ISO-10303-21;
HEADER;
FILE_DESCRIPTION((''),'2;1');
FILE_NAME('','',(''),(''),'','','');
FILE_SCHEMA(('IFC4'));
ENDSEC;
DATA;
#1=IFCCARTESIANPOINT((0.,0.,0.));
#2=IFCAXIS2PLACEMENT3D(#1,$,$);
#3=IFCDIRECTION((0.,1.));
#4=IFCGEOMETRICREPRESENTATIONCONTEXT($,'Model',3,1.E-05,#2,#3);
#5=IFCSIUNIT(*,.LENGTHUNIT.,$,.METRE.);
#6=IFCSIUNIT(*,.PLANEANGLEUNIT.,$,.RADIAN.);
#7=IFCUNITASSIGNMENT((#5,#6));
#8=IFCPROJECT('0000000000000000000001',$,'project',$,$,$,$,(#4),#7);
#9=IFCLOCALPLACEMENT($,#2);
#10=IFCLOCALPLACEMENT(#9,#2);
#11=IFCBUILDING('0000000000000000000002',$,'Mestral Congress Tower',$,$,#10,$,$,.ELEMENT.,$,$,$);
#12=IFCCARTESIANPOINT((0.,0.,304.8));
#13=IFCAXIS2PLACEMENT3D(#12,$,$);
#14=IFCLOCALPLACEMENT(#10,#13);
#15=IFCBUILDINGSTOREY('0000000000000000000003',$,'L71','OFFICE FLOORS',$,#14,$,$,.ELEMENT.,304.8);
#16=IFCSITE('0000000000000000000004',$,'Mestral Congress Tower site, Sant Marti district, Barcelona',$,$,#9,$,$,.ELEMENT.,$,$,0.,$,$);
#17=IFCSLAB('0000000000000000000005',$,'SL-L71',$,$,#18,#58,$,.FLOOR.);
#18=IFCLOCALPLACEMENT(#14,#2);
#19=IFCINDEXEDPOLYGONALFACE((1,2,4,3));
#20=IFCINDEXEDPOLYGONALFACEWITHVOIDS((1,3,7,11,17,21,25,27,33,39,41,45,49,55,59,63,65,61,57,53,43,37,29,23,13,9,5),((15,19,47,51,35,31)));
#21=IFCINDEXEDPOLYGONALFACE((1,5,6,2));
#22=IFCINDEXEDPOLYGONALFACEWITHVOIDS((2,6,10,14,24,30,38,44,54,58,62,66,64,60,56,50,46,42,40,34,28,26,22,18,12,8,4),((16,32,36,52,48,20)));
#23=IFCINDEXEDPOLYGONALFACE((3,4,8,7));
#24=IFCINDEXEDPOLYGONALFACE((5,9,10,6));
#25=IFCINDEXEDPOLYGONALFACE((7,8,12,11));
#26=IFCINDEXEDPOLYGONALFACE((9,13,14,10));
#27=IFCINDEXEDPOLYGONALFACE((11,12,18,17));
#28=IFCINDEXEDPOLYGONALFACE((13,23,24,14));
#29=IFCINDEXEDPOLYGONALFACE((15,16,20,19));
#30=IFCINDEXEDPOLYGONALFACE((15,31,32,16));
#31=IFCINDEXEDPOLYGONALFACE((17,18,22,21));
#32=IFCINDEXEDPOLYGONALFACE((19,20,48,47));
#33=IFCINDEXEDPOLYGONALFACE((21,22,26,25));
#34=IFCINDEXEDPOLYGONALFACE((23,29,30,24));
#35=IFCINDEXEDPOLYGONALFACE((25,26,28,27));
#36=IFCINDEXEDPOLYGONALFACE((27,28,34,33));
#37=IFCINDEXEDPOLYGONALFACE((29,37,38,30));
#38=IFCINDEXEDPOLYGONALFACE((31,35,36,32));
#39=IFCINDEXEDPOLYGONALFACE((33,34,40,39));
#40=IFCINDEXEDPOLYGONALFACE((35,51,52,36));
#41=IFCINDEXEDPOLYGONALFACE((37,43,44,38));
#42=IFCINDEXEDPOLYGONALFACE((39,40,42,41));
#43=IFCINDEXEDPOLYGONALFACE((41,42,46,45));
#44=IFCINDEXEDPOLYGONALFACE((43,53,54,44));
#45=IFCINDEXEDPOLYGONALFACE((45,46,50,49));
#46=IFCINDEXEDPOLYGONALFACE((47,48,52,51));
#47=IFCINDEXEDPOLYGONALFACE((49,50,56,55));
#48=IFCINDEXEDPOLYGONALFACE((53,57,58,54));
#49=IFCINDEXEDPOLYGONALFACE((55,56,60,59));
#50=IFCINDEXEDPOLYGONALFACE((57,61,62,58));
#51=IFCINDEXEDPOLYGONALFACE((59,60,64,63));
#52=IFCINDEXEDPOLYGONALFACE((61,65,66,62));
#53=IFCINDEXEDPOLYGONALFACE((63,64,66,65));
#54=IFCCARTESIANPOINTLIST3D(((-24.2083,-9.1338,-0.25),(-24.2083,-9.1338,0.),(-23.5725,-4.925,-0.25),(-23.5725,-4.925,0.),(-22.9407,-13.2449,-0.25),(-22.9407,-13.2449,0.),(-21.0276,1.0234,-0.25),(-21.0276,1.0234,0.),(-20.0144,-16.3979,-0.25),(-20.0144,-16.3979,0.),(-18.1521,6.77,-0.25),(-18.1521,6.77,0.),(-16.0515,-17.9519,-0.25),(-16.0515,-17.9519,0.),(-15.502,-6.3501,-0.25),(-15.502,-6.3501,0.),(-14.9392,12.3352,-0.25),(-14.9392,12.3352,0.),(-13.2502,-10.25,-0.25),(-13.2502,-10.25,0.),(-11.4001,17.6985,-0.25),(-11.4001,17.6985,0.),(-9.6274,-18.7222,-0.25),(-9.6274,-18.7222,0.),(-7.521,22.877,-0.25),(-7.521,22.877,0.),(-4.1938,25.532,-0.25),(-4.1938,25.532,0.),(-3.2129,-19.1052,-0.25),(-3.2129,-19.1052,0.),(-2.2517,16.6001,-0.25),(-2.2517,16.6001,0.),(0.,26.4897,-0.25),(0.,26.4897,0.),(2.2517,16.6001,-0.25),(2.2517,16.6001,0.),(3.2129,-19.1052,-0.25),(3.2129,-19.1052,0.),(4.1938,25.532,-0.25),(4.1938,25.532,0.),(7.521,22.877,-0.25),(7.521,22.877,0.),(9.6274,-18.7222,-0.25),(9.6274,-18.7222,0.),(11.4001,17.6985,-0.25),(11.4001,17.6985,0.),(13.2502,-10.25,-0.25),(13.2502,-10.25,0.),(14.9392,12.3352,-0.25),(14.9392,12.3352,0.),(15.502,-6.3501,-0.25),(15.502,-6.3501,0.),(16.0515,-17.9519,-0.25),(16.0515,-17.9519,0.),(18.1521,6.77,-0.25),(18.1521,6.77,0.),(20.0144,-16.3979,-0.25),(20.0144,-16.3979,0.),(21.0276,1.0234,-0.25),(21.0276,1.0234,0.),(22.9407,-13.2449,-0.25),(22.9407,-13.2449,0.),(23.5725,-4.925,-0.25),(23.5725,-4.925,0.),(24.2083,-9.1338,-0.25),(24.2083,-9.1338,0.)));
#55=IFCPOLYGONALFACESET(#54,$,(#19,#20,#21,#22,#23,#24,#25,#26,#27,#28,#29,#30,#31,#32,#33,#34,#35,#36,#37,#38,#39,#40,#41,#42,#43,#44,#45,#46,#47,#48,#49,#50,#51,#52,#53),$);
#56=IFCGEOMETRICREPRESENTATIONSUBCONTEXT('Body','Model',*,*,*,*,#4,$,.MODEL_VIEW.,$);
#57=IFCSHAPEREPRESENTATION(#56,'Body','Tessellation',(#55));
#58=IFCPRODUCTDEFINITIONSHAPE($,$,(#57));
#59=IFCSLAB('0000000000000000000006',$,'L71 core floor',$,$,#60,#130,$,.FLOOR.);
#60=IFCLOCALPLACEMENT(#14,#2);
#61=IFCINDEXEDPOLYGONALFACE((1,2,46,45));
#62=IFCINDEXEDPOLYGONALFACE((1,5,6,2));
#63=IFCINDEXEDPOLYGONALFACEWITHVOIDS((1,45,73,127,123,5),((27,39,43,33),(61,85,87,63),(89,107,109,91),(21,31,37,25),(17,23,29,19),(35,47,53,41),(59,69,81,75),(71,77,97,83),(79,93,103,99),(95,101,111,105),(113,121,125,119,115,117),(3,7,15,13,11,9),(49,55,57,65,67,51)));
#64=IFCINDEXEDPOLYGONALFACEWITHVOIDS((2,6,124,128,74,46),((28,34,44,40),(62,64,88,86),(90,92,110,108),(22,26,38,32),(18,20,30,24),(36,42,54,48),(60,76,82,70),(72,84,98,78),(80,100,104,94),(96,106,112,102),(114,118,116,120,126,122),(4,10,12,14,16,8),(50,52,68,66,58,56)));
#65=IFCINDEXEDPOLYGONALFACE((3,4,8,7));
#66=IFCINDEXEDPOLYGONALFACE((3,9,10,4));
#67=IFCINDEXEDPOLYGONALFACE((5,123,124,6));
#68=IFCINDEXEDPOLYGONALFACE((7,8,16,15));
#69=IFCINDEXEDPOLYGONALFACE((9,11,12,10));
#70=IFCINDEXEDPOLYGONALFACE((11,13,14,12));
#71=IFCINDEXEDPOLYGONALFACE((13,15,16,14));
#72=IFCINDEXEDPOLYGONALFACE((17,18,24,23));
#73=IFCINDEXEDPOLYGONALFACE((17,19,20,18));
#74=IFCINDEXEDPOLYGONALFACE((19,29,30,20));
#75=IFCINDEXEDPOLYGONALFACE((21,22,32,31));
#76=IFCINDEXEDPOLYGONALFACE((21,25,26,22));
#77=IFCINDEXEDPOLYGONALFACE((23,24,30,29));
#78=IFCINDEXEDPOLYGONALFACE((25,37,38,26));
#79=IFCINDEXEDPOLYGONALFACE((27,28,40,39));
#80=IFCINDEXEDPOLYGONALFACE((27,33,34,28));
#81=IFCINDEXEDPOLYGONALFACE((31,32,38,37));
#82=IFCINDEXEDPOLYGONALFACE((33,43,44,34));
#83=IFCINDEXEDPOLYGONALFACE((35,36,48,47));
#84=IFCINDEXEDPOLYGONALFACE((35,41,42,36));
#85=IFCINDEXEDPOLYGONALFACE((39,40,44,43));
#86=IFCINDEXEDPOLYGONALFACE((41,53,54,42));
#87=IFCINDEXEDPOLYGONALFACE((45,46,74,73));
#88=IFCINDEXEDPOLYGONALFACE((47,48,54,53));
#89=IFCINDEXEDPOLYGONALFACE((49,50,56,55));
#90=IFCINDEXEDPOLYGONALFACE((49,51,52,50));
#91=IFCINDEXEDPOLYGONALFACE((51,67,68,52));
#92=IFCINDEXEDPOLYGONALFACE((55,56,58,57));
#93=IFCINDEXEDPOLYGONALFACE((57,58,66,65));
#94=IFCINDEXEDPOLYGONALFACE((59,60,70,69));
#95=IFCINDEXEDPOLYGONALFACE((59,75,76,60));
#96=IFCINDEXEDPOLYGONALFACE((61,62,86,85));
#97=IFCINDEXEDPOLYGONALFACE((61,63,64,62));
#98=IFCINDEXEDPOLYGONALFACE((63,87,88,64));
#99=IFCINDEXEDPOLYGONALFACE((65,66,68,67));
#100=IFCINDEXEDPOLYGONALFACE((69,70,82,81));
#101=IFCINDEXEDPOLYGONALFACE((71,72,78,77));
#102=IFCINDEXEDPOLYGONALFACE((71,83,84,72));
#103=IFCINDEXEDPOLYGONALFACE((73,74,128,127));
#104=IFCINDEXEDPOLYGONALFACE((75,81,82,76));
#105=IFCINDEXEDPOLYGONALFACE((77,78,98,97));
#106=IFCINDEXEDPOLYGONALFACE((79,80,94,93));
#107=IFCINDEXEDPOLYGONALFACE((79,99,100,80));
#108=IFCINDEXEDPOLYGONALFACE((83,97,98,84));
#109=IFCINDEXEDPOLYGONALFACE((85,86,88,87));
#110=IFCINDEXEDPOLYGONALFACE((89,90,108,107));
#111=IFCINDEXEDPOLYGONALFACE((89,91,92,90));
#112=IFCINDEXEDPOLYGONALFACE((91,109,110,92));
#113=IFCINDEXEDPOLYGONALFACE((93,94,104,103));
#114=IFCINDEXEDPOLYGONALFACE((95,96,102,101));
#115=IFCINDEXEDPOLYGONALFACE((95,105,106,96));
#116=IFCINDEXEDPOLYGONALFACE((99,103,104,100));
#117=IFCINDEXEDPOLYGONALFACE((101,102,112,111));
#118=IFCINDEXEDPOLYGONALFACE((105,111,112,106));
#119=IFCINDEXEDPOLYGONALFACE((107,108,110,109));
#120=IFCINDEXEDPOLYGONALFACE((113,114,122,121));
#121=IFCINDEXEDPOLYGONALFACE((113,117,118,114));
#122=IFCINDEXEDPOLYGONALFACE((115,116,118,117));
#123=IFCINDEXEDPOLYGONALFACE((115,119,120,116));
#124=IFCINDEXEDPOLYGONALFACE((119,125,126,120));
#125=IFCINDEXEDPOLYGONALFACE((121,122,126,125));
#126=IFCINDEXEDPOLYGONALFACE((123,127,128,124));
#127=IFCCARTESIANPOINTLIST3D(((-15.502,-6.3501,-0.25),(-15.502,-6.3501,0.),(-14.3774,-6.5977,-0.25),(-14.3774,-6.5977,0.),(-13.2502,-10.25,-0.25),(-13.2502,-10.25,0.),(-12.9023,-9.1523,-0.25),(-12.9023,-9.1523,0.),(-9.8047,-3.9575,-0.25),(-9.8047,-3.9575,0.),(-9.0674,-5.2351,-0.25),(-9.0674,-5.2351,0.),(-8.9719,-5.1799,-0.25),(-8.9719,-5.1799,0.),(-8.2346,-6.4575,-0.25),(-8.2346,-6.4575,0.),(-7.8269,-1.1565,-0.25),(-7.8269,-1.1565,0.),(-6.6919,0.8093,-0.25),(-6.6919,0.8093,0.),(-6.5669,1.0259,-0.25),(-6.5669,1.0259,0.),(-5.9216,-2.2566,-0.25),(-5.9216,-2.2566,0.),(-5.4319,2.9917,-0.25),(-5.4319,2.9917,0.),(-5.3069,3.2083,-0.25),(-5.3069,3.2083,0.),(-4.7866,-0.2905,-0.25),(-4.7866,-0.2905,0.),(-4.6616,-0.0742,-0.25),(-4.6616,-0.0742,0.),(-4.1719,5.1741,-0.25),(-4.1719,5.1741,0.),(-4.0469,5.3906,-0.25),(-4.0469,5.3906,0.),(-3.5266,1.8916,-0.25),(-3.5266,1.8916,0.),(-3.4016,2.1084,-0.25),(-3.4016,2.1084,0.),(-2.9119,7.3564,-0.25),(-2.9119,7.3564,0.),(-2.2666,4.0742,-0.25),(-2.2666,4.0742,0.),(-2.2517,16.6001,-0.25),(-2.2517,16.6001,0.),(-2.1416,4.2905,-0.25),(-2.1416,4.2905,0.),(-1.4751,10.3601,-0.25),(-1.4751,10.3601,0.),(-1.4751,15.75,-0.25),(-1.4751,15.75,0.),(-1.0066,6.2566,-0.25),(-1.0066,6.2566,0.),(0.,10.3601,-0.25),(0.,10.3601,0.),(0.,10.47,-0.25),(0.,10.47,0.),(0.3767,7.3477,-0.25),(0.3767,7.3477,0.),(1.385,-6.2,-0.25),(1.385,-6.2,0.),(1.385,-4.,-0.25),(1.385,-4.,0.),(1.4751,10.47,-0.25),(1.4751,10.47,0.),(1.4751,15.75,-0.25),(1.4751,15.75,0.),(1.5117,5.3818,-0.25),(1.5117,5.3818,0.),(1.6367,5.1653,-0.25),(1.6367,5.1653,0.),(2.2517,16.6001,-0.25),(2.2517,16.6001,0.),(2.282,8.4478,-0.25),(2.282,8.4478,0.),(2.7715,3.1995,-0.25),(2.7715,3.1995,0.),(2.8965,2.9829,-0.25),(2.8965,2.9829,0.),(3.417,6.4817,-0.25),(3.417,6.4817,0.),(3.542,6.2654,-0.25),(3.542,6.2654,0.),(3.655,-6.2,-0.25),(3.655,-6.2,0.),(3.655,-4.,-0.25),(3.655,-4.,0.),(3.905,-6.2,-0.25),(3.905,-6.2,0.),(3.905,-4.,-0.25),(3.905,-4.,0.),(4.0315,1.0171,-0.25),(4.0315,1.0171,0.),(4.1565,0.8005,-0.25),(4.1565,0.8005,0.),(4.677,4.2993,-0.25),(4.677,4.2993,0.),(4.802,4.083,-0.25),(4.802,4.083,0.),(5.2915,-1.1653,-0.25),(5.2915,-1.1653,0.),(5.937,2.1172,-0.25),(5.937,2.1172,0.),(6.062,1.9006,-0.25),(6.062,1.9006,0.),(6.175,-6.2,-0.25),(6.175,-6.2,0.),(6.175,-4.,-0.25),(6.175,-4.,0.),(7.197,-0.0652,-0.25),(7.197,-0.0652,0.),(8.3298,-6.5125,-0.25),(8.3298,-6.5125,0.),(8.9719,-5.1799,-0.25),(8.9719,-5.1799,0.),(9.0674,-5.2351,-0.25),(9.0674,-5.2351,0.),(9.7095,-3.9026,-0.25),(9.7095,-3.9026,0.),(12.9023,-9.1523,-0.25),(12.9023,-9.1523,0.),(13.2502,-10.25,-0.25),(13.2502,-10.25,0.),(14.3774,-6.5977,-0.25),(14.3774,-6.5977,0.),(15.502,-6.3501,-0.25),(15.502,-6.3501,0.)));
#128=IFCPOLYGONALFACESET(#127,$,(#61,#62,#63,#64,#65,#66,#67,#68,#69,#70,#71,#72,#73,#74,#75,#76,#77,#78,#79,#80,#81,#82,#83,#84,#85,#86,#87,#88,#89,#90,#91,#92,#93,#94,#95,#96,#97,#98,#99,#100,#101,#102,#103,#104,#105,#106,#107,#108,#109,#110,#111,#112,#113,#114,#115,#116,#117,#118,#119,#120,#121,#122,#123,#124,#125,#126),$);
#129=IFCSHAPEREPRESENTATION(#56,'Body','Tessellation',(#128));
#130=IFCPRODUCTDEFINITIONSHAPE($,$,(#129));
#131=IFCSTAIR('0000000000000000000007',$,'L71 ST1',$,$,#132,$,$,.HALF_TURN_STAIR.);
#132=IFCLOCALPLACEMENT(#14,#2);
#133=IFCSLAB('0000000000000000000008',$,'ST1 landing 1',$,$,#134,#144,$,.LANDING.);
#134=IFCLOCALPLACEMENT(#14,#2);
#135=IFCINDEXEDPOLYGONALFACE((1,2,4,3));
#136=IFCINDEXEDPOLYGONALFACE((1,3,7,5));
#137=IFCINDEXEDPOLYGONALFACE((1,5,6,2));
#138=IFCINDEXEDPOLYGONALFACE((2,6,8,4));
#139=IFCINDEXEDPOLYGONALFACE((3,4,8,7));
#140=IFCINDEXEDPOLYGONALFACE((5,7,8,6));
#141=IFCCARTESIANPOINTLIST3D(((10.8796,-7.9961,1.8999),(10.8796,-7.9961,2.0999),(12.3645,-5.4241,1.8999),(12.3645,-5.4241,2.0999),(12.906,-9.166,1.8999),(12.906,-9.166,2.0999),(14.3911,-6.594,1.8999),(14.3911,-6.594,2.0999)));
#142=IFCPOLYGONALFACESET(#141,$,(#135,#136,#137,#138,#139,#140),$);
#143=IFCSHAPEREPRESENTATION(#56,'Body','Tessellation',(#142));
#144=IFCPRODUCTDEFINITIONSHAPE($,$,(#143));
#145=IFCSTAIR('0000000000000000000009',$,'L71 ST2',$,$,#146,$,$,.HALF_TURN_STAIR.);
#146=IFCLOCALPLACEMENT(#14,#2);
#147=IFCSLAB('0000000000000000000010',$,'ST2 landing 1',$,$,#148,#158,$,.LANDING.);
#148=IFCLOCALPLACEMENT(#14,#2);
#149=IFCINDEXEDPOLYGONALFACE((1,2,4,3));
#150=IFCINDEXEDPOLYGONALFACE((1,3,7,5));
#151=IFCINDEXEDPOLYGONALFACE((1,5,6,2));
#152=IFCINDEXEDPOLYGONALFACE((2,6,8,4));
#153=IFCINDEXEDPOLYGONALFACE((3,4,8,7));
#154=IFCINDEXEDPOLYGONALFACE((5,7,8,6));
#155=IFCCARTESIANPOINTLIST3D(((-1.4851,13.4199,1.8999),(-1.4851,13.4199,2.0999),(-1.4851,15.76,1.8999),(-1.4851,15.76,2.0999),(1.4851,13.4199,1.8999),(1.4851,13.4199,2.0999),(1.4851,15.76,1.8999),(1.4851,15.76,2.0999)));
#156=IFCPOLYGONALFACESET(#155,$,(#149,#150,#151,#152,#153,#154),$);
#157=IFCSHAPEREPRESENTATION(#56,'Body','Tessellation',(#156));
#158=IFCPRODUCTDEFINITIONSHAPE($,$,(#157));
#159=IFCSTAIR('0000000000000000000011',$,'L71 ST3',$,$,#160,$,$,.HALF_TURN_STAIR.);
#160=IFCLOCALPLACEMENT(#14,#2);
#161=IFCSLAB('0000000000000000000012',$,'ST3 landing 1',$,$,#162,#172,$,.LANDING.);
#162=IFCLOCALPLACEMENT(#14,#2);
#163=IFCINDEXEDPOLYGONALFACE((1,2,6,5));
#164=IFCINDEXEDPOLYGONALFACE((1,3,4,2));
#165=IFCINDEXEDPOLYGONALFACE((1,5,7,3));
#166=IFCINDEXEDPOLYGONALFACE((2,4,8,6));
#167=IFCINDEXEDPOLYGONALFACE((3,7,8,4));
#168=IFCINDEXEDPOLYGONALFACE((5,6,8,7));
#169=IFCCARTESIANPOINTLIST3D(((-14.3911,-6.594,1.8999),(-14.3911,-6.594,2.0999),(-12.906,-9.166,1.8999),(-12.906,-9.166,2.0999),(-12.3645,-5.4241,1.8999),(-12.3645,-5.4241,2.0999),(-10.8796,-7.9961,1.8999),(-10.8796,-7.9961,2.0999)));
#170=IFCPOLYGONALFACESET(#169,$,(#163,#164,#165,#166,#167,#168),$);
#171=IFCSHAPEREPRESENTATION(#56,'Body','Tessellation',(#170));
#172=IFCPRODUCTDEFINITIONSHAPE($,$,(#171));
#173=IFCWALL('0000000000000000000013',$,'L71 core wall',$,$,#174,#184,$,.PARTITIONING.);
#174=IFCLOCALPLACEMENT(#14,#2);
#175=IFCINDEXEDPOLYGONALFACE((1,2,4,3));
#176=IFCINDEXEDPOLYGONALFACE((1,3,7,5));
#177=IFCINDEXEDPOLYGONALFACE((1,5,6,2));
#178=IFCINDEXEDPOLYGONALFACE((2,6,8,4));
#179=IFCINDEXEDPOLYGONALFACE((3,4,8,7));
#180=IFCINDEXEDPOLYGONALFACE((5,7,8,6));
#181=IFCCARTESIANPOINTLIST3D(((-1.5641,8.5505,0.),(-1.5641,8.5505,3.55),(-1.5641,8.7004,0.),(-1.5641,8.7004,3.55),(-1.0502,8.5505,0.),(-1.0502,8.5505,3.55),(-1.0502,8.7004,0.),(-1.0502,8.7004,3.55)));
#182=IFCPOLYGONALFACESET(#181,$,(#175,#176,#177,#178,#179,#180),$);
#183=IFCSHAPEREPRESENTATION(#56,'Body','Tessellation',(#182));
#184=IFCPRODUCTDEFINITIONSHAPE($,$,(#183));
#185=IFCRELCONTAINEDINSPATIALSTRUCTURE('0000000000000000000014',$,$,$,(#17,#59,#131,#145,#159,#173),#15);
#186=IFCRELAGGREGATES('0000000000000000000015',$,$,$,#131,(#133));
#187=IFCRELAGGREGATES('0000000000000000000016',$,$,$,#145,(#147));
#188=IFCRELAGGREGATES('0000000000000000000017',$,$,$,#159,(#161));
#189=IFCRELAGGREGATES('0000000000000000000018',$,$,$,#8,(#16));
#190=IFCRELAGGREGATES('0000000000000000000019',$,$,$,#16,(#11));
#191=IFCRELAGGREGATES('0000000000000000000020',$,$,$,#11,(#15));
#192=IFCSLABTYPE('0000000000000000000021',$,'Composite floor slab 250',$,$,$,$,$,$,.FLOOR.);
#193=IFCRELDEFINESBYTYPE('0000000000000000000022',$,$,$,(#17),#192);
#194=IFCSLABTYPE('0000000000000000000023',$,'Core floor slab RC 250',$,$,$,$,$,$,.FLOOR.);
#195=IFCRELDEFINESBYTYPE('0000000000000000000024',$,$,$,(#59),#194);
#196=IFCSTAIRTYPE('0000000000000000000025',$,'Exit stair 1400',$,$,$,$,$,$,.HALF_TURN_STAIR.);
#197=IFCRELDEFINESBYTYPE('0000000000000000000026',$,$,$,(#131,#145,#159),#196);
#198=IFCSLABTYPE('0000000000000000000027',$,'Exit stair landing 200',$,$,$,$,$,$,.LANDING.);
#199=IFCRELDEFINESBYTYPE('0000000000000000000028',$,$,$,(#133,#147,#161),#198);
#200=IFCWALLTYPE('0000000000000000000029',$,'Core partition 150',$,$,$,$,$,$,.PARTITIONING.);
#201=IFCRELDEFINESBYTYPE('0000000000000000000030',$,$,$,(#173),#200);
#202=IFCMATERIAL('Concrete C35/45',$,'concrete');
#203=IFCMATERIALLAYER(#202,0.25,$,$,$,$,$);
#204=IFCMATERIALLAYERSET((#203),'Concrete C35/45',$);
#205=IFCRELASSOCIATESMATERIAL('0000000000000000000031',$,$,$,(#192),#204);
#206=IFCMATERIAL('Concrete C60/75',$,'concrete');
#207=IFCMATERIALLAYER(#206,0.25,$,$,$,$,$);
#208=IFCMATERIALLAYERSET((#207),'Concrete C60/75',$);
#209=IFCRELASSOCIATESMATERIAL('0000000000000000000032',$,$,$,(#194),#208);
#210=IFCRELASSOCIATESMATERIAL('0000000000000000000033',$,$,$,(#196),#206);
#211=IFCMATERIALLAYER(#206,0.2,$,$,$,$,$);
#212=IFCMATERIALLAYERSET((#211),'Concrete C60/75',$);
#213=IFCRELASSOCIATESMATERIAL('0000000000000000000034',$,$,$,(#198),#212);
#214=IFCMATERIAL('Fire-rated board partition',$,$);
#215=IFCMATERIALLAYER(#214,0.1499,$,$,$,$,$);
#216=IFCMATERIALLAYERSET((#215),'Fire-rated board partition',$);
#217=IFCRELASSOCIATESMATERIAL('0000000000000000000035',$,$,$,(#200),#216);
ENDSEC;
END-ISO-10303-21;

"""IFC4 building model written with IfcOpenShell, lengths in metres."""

from ifc_helpers import new_model, si_unit, direction, frame, frame_2d, origin, place, context, subcontext, project, spatial, polyline, rectangle, outline, extrude, material, layer, layer_set, type_object, element, aggregate, save


model = new_model("IFC4")

# Units and contexts
model_context = context("Model", 3, precision=1e-05, world=origin(), true_north=direction((0.0, 1.0)))
body_context = subcontext(model_context, "Body", "Model", "MODEL_VIEW")
ifc_project = project(units=[si_unit("LENGTHUNIT", "METRE"), si_unit("PLANEANGLEUNIT", "RADIAN")], contexts=[model_context])

# Site, building, storey
site_placement = place(None, origin())
site = spatial("IfcSite", under=ifc_project, at=site_placement, Name="Mestral Congress Tower site, Sant Marti district, Barcelona", CompositionType="ELEMENT", RefElevation=0.0)
building_placement = place(site_placement, origin())
building = spatial("IfcBuilding", under=site, at=building_placement, Name="Mestral Congress Tower", CompositionType="ELEMENT")
storey_placement = place(building_placement, frame((0.0, 0.0, 304.8)))
storey = spatial("IfcBuildingStorey", under=building, at=storey_placement, Name="L71", Description="OFFICE FLOORS", CompositionType="ELEMENT", Elevation=304.8)

# Slabs
ifc_material_1 = material(Name="Concrete C35/45", Category="concrete")
ifc_layer_1 = layer(ifc_material_1, 0.25)
ifc_layer_set_1 = layer_set([ifc_layer_1], Name="Concrete C35/45")
slab_type_1 = type_object("IfcSlabType", Name="Composite floor slab 250", PredefinedType="FLOOR", material=ifc_layer_set_1)
placement_1 = place(storey_placement, frame((0.0, 0.0, -0.25)))
element("IfcSlab", 1, at=placement_1, inside=storey, type_object=slab_type_1, Name="SL-L71", PredefinedType="FLOOR", context=body_context, shape_type="SweptSolid", body=[
    extrude(outline(polyline([(-16.0515, -17.9519), (-20.0144, -16.3979), (-22.9407, -13.2449), (-24.2083, -9.1338), (-23.5725, -4.925), (-21.0276, 1.0234), (-18.1521, 6.77), (-14.9392, 12.3352), (-11.4001, 17.6985), (-7.521, 22.877), (-4.1938, 25.532), (0.0, 26.4897), (4.1938, 25.532), (7.521, 22.877), (11.4001, 17.6985), (14.9392, 12.3352), (18.1521, 6.77), (21.0276, 1.0234), (23.5725, -4.925), (24.2083, -9.1338), (22.9407, -13.2449), (20.0144, -16.3979), (16.0515, -17.9519), (9.6274, -18.7222), (3.2129, -19.1052), (-3.2129, -19.1052), (-9.6274, -18.7222), (-16.0515, -17.9519)]), holes=[polyline([(-2.2517, 16.6001), (-15.502, -6.3501), (-13.2502, -10.25), (13.2502, -10.25), (15.502, -6.3501), (2.2517, 16.6001), (-2.2517, 16.6001)])]), origin(), (0.0, 0.0, 1.0), 0.25),
])
ifc_material_2 = material(Name="Concrete C60/75", Category="concrete")
ifc_layer_2 = layer(ifc_material_2, 0.25)
ifc_layer_set_2 = layer_set([ifc_layer_2], Name="Concrete C60/75")
slab_type_2 = type_object("IfcSlabType", Name="Core floor slab RC 250", PredefinedType="FLOOR", material=ifc_layer_set_2)
element("IfcSlab", 2, at=placement_1, inside=storey, type_object=slab_type_2, Name="L71 core floor", PredefinedType="FLOOR", context=body_context, shape_type="SweptSolid", body=[
    extrude(outline(polyline([(13.2502, -10.25), (-13.2502, -10.25), (-15.502, -6.3501), (-2.2517, 16.6001), (2.2517, 16.6001), (15.502, -6.3501), (13.2502, -10.25)]), holes=[polyline([(-14.3774, -6.5977), (-12.9023, -9.1523), (-8.2346, -6.4575), (-8.9719, -5.1799), (-9.0674, -5.2351), (-9.8047, -3.9575), (-14.3774, -6.5977)]), polyline([(-5.9216, -2.2566), (-4.7866, -0.2905), (-6.6919, 0.8093), (-7.8269, -1.1565), (-5.9216, -2.2566)]), polyline([(-4.6616, -0.0742), (-3.5266, 1.8916), (-5.4319, 2.9917), (-6.5669, 1.0259), (-4.6616, -0.0742)]), polyline([(-2.2666, 4.0742), (-4.1719, 5.1741), (-5.3069, 3.2083), (-3.4016, 2.1084), (-2.2666, 4.0742)]), polyline([(-2.1416, 4.2905), (-1.0066, 6.2566), (-2.9119, 7.3564), (-4.0469, 5.3906), (-2.1416, 4.2905)]), polyline([(0.3767, 7.3477), (1.5117, 5.3818), (3.417, 6.4817), (2.282, 8.4478), (0.3767, 7.3477)]), polyline([(1.4751, 15.75), (-1.4751, 15.75), (-1.4751, 10.3601), (0.0, 10.3601), (0.0, 10.47), (1.4751, 10.47), (1.4751, 15.75)]), polyline([(8.3298, -6.5125), (12.9023, -9.1523), (14.3774, -6.5977), (9.7095, -3.9026), (8.9719, -5.1799), (9.0674, -5.2351), (8.3298, -6.5125)]), polyline([(3.655, -4.0), (1.385, -4.0), (1.385, -6.2), (3.655, -6.2), (3.655, -4.0)]), polyline([(6.175, -4.0), (3.905, -4.0), (3.905, -6.2), (6.175, -6.2), (6.175, -4.0)]), polyline([(4.1565, 0.8005), (5.2915, -1.1653), (7.197, -0.0652), (6.062, 1.9006), (4.1565, 0.8005)]), polyline([(2.8965, 2.9829), (4.0315, 1.0171), (5.937, 2.1172), (4.802, 4.083), (2.8965, 2.9829)]), polyline([(1.6367, 5.1653), (2.7715, 3.1995), (4.677, 4.2993), (3.542, 6.2654), (1.6367, 5.1653)])]), origin(), (0.0, 0.0, 1.0), 0.25),
])

# Stairs, slabs
stair_type = type_object("IfcStairType", Name="Exit stair 1400", PredefinedType="HALF_TURN_STAIR", material=ifc_material_2)
placement_2 = place(storey_placement, origin())
stair_1 = element("IfcStair", 3, at=placement_2, inside=storey, type_object=stair_type, Name="L71 ST1", PredefinedType="HALF_TURN_STAIR")
ifc_layer_3 = layer(ifc_material_2, 0.2)
ifc_layer_set_3 = layer_set([ifc_layer_3], Name="Concrete C60/75")
slab_type_3 = type_object("IfcSlabType", Name="Exit stair landing 200", PredefinedType="LANDING", material=ifc_layer_set_3)
placement_3 = place(storey_placement, frame((0.0, 0.0, 1.8999)))
slab_1 = element("IfcSlab", 4, at=placement_3, type_object=slab_type_3, Name="ST1 landing 1", PredefinedType="LANDING", context=body_context, shape_type="SweptSolid", body=[
    extrude(outline(polyline([(10.8796, -7.9961), (12.3645, -5.4241), (14.3911, -6.594), (12.906, -9.166), (10.8796, -7.9961)])), origin(), (0.0, 0.0, 1.0), 0.2),
])
aggregate(stair_1, [slab_1])
stair_2 = element("IfcStair", 5, at=placement_2, inside=storey, type_object=stair_type, Name="L71 ST2", PredefinedType="HALF_TURN_STAIR")
slab_2 = element("IfcSlab", 6, at=placement_3, type_object=slab_type_3, Name="ST2 landing 1", PredefinedType="LANDING", context=body_context, shape_type="SweptSolid", body=[
    extrude(outline(polyline([(1.4851, 13.4199), (-1.4851, 13.4199), (-1.4851, 15.76), (1.4851, 15.76), (1.4851, 13.4199)])), origin(), (0.0, 0.0, 1.0), 0.2),
])
aggregate(stair_2, [slab_2])
stair_3 = element("IfcStair", 7, at=placement_2, inside=storey, type_object=stair_type, Name="L71 ST3", PredefinedType="HALF_TURN_STAIR")
slab_3 = element("IfcSlab", 8, at=placement_3, type_object=slab_type_3, Name="ST3 landing 1", PredefinedType="LANDING", context=body_context, shape_type="SweptSolid", body=[
    extrude(outline(polyline([(-12.3645, -5.4241), (-10.8796, -7.9961), (-12.906, -9.166), (-14.3911, -6.594), (-12.3645, -5.4241)])), origin(), (0.0, 0.0, 1.0), 0.2),
])
aggregate(stair_3, [slab_3])

# Wall
ifc_material_3 = material(Name="Fire-rated board partition")
ifc_layer_4 = layer(ifc_material_3, 0.1499)
ifc_layer_set_4 = layer_set([ifc_layer_4], Name="Fire-rated board partition")
wall_type_1 = type_object("IfcWallType", Name="Core partition 150", PredefinedType="PARTITIONING", material=ifc_layer_set_4)
wall_1_placement = place(storey_placement, frame((-1.564, 8.6255, 0.0), z_axis=(0.0, 0.0, 1.0), x_axis=(1.0, 0.0, 0.0)))
element("IfcWall", 9, at=wall_1_placement, inside=storey, type_object=wall_type_1, Name="L71 core wall", PredefinedType="PARTITIONING", context=body_context, shape_type="SweptSolid", body=[
    extrude(rectangle(XDim=0.5139, YDim=0.1499, at=frame_2d((0.2568, 0.0))), origin(), (0.0, 0.0, 1.0), 3.55),
])

save(model, "model.ifc")
